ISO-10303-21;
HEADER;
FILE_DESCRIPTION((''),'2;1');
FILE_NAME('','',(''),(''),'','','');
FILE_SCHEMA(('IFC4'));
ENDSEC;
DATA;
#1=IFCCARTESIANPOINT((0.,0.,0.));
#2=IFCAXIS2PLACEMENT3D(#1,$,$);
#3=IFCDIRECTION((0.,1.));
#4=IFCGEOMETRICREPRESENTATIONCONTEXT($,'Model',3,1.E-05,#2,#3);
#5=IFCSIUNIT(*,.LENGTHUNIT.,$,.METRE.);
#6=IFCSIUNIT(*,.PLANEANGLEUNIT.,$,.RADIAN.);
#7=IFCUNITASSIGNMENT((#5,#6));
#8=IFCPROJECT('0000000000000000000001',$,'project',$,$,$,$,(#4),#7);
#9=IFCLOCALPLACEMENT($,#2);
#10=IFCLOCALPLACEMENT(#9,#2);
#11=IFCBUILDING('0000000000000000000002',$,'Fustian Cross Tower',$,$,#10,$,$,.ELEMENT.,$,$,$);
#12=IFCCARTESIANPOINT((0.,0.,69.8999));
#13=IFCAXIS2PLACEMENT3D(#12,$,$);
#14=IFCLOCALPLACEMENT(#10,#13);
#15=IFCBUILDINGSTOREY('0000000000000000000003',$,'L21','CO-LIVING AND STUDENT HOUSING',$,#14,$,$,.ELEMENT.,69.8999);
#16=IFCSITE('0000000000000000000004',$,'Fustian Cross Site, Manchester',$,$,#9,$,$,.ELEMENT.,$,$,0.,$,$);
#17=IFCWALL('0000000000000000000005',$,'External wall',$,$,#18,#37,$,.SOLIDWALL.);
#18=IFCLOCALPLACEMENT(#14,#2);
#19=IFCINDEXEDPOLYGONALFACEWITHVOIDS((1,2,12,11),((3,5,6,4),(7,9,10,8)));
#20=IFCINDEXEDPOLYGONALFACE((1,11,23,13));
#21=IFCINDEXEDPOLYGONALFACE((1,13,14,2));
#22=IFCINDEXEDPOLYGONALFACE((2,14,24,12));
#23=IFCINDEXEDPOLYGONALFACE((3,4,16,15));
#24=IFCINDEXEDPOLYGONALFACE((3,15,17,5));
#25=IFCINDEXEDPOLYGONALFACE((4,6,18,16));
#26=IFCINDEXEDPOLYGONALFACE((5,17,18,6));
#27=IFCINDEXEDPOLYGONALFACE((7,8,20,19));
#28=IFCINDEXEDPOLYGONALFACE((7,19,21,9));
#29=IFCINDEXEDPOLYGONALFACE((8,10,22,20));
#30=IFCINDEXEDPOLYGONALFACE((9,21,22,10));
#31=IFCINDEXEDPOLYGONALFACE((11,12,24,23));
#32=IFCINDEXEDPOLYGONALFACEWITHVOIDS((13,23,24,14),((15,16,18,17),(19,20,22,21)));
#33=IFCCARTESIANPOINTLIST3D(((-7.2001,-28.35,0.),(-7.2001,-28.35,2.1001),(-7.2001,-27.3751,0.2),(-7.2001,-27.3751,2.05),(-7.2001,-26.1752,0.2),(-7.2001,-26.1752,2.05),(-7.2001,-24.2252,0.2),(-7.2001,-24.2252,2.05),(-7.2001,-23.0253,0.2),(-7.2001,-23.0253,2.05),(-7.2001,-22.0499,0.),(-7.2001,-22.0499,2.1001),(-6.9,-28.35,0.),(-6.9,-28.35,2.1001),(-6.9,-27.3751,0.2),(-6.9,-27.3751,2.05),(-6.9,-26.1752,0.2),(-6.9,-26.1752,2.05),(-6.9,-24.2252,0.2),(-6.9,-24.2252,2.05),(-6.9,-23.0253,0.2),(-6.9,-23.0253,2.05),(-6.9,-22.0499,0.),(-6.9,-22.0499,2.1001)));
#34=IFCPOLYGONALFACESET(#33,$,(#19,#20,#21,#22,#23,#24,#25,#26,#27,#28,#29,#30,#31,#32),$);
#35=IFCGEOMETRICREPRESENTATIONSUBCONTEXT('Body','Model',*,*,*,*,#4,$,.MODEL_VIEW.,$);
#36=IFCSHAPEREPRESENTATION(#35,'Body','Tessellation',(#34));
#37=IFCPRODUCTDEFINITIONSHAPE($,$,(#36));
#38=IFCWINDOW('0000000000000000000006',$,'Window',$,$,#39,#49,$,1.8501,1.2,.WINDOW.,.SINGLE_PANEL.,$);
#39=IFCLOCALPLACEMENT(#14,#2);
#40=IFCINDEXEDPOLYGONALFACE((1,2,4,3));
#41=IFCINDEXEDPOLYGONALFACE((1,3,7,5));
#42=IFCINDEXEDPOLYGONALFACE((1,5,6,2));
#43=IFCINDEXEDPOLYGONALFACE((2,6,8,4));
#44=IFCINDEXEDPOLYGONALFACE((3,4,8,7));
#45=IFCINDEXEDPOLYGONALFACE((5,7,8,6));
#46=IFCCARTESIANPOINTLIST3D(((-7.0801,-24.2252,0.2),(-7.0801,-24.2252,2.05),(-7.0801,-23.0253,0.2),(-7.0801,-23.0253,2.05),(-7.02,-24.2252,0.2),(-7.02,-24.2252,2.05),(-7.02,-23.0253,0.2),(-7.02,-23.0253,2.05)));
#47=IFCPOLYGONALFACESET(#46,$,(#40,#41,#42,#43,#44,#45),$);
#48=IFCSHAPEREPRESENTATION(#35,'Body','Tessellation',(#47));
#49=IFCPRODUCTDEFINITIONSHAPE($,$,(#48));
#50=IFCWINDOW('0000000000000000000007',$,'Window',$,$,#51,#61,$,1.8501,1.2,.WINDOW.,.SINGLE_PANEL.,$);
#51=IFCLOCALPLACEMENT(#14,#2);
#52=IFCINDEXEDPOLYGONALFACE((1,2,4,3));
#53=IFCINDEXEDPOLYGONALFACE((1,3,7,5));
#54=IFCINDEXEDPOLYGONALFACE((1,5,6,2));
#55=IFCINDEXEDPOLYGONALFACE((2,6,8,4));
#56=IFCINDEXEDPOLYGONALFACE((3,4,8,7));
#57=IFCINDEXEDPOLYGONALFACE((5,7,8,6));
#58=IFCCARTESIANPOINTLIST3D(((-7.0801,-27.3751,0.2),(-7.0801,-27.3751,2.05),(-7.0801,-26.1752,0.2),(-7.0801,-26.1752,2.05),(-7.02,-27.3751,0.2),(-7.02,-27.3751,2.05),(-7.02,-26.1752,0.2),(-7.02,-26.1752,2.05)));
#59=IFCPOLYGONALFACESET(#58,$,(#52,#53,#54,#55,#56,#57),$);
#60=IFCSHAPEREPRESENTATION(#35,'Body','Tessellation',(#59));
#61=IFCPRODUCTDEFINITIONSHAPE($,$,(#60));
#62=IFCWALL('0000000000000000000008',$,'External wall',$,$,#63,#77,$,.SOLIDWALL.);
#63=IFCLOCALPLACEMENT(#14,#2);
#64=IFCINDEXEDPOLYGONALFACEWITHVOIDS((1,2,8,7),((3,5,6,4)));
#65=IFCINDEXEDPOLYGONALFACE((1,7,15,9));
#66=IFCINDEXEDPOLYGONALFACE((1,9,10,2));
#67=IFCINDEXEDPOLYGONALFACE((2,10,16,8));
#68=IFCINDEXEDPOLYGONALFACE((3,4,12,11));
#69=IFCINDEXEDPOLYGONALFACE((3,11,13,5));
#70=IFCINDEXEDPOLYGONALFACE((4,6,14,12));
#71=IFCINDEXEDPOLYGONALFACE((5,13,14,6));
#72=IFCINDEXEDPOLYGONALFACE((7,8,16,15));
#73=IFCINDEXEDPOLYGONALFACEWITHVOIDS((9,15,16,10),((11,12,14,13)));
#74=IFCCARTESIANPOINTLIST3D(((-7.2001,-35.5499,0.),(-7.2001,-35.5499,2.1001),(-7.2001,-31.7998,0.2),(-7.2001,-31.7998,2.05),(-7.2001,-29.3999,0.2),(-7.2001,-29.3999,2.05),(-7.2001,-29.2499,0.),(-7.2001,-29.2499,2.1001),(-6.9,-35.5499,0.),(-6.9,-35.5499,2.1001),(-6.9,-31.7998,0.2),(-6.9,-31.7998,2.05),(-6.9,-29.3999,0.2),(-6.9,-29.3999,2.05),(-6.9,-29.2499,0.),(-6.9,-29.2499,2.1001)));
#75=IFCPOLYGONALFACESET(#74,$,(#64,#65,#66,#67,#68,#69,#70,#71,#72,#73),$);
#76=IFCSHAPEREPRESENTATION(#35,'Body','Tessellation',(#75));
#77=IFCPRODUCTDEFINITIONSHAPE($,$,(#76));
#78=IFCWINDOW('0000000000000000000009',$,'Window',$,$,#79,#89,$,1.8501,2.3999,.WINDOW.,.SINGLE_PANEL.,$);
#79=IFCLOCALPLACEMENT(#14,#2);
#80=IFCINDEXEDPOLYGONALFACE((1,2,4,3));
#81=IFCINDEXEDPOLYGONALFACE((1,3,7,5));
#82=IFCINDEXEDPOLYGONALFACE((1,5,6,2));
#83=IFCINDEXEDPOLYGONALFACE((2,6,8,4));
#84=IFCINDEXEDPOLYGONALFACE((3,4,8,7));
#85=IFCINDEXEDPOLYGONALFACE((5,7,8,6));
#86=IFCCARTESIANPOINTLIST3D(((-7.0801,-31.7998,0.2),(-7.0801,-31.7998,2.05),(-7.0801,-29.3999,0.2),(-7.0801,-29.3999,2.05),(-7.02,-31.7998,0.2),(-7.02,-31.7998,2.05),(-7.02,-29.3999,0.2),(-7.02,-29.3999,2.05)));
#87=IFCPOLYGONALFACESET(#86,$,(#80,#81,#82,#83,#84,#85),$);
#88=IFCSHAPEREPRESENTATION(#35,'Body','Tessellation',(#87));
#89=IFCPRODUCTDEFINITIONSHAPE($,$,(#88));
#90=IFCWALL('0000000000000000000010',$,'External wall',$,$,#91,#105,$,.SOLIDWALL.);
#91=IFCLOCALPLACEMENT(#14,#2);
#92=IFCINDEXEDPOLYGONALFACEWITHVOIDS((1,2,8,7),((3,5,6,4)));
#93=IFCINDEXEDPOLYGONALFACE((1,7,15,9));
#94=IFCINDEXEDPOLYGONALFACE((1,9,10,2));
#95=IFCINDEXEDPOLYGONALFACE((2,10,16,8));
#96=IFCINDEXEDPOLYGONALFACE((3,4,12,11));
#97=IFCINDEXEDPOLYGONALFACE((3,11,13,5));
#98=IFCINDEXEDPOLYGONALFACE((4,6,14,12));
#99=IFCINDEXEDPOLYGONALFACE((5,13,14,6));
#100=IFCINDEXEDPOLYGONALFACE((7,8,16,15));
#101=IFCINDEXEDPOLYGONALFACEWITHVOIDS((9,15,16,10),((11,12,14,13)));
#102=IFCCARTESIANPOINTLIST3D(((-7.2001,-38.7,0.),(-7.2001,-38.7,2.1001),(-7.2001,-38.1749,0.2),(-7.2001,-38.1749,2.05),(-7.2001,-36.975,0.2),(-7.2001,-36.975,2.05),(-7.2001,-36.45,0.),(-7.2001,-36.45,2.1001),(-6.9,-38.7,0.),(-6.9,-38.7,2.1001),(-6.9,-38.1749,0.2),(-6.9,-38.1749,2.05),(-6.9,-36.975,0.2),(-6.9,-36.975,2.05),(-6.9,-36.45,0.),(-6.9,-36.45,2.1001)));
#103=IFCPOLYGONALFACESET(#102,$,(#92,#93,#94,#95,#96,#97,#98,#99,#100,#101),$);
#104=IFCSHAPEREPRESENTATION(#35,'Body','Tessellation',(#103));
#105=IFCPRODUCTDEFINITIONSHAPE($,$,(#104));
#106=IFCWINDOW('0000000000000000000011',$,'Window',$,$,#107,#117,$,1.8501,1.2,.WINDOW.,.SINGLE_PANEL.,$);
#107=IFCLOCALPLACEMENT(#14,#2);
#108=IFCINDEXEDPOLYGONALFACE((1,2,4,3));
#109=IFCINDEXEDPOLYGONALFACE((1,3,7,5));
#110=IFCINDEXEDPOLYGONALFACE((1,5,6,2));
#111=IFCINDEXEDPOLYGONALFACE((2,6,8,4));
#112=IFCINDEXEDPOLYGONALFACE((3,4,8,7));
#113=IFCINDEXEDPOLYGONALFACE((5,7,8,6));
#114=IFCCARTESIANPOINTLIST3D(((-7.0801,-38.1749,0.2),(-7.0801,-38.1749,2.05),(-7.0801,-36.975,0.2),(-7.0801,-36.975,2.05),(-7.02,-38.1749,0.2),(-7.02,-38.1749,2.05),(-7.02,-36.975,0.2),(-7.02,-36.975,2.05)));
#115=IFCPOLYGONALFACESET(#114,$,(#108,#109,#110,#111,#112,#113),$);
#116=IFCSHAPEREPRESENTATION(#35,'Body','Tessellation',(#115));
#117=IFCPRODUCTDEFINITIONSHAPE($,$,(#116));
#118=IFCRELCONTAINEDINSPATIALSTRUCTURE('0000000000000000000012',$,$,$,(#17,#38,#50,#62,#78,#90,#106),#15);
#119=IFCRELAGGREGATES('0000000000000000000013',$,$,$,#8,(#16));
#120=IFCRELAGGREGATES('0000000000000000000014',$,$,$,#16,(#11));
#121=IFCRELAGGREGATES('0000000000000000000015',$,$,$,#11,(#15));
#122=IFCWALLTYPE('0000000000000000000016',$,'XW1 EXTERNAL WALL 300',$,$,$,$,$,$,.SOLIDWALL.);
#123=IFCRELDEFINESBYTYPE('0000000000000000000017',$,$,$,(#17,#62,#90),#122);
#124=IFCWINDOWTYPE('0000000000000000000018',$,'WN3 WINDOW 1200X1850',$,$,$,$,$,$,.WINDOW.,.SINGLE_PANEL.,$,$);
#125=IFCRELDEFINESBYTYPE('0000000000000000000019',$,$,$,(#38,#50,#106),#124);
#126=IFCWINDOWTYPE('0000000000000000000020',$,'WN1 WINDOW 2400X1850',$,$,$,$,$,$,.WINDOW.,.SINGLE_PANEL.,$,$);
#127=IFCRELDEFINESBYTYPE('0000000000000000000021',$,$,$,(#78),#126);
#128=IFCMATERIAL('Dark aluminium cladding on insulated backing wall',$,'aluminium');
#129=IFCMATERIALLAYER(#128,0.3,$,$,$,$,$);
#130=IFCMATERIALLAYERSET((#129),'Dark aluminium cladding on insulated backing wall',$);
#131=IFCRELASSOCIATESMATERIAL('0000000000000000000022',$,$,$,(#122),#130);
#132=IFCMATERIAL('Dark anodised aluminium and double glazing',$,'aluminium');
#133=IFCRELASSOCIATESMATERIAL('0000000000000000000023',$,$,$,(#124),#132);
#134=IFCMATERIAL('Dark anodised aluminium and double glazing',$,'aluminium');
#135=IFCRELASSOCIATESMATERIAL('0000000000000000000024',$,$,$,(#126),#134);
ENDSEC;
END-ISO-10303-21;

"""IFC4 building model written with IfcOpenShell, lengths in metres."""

from ifc_helpers import new_model, si_unit, direction, frame, frame_2d, origin, place, context, subcontext, project, spatial, rectangle, extrude, material, layer, layer_set, type_object, element, fill, save


model = new_model("IFC4")

# Units and contexts
model_context = context("Model", 3, precision=1e-05, world=origin(), true_north=direction((0.0, 1.0)))
body_context = subcontext(model_context, "Body", "Model", "MODEL_VIEW")
ifc_project = project(units=[si_unit("LENGTHUNIT", "METRE"), si_unit("PLANEANGLEUNIT", "RADIAN")], contexts=[model_context])

# Site, building, storey
site_placement = place(None, origin())
site = spatial("IfcSite", under=ifc_project, at=site_placement, Name="Fustian Cross Site, Manchester", CompositionType="ELEMENT", RefElevation=0.0)
building_placement = place(site_placement, origin())
building = spatial("IfcBuilding", under=site, at=building_placement, Name="Fustian Cross Tower", CompositionType="ELEMENT")
storey_placement = place(building_placement, frame((0.0, 0.0, 69.8999)))
storey = spatial("IfcBuildingStorey", under=building, at=storey_placement, Name="L21", Description="CO-LIVING AND STUDENT HOUSING", CompositionType="ELEMENT", Elevation=69.8999)

# Shared definitions
ifc_material_1 = material(Name="Dark aluminium cladding on insulated backing wall", Category="aluminium")
ifc_layer_1 = layer(ifc_material_1, 0.3)
ifc_layer_set_1 = layer_set([ifc_layer_1], Name="Dark aluminium cladding on insulated backing wall")
wall_type_1 = type_object("IfcWallType", Name="XW1 EXTERNAL WALL 300", PredefinedType="SOLIDWALL", material=ifc_layer_set_1)

# Shared definitions
ifc_material_2 = material(Name="Dark anodised aluminium and double glazing", Category="aluminium")
window_type_1 = type_object("IfcWindowType", Name="WN3 WINDOW 1200X1850", PartitioningType="SINGLE_PANEL", PredefinedType="WINDOW", material=ifc_material_2)

# Wall, openings, windows
wall_1_placement = place(storey_placement, frame((-7.05, -22.05, 0.0), z_axis=(0.0, 0.0, 1.0), x_axis=(0.0, -1.0, 0.0)))
wall_1 = element("IfcWall", 1, at=wall_1_placement, inside=storey, type_object=wall_type_1, Name="External wall", PredefinedType="SOLIDWALL", context=body_context, shape_type="SweptSolid", body=[
    extrude(rectangle(XDim=6.3, YDim=0.3, at=frame_2d((3.1499, 0.0))), origin(), (0.0, 0.0, 1.0), 2.1001),
])
opening_1_placement = place(wall_1_placement, frame((0.9751, 0.0, 0.2)))
opening_1 = element("IfcOpeningElement", 2, at=opening_1_placement, cuts=wall_1, PredefinedType="OPENING", context=body_context, shape_type="SweptSolid", body=[
    extrude(rectangle(XDim=1.2, YDim=1.8501, at=frame_2d((0.6001, 0.925))), frame((0.0, 0.1599, 0.0), z_axis=(0.0, -1.0, 0.0), x_axis=(1.0, 0.0, 0.0)), (0.0, 0.0, 1.0), 0.3201),
])
opening_2_placement = place(wall_1_placement, frame((4.125, 0.0, 0.2)))
opening_2 = element("IfcOpeningElement", 3, at=opening_2_placement, cuts=wall_1, PredefinedType="OPENING", context=body_context, shape_type="SweptSolid", body=[
    extrude(rectangle(XDim=1.2, YDim=1.8501, at=frame_2d((0.6001, 0.925))), frame((0.0, 0.1599, 0.0), z_axis=(0.0, -1.0, 0.0), x_axis=(1.0, 0.0, 0.0)), (0.0, 0.0, 1.0), 0.3201),
])
window_1_placement = place(opening_1_placement, origin())
window_1 = element("IfcWindow", 4, at=window_1_placement, inside=storey, type_object=window_type_1, Name="Window", OverallHeight=1.8501, OverallWidth=1.2, PartitioningType="SINGLE_PANEL", PredefinedType="WINDOW", context=body_context, shape_type="SweptSolid", body=[
    extrude(rectangle(XDim=1.2, YDim=1.8501, at=frame_2d((0.6001, 0.925))), frame((0.0, 0.03, 0.0), z_axis=(0.0, -1.0, 0.0), x_axis=(1.0, 0.0, 0.0)), (0.0, 0.0, 1.0), 0.0601),
])
fill(opening_1, window_1)
window_2_placement = place(opening_2_placement, origin())
window_2 = element("IfcWindow", 5, at=window_2_placement, inside=storey, type_object=window_type_1, Name="Window", OverallHeight=1.8501, OverallWidth=1.2, PartitioningType="SINGLE_PANEL", PredefinedType="WINDOW", context=body_context, shape_type="SweptSolid", body=[
    extrude(rectangle(XDim=1.2, YDim=1.8501, at=frame_2d((0.6001, 0.925))), frame((0.0, 0.03, 0.0), z_axis=(0.0, -1.0, 0.0), x_axis=(1.0, 0.0, 0.0)), (0.0, 0.0, 1.0), 0.0601),
])
fill(opening_2, window_2)

# Walls, openings, windows
wall_2_placement = place(storey_placement, frame((-7.05, -29.25, 0.0), z_axis=(0.0, 0.0, 1.0), x_axis=(0.0, -1.0, 0.0)))
wall_2 = element("IfcWall", 6, at=wall_2_placement, inside=storey, type_object=wall_type_1, Name="External wall", PredefinedType="SOLIDWALL", context=body_context, shape_type="SweptSolid", body=[
    extrude(rectangle(XDim=6.3, YDim=0.3, at=frame_2d((3.1499, 0.0))), origin(), (0.0, 0.0, 1.0), 2.1001),
])
opening_3_placement = place(wall_2_placement, frame((0.1499, 0.0, 0.2)))
opening_3 = element("IfcOpeningElement", 7, at=opening_3_placement, cuts=wall_2, PredefinedType="OPENING", context=body_context, shape_type="SweptSolid", body=[
    extrude(rectangle(XDim=2.3999, YDim=1.8501, at=frame_2d((1.2, 0.925))), frame((0.0, 0.1599, 0.0), z_axis=(0.0, -1.0, 0.0), x_axis=(1.0, 0.0, 0.0)), (0.0, 0.0, 1.0), 0.3201),
])
ifc_material_3 = material(Name="Dark anodised aluminium and double glazing", Category="aluminium")
window_type_2 = type_object("IfcWindowType", Name="WN1 WINDOW 2400X1850", PartitioningType="SINGLE_PANEL", PredefinedType="WINDOW", material=ifc_material_3)
window_3_placement = place(opening_3_placement, origin())
window_3 = element("IfcWindow", 8, at=window_3_placement, inside=storey, type_object=window_type_2, Name="Window", OverallHeight=1.8501, OverallWidth=2.3999, PartitioningType="SINGLE_PANEL", PredefinedType="WINDOW", context=body_context, shape_type="SweptSolid", body=[
    extrude(rectangle(XDim=2.3999, YDim=1.8501, at=frame_2d((1.2, 0.925))), frame((0.0, 0.03, 0.0), z_axis=(0.0, -1.0, 0.0), x_axis=(1.0, 0.0, 0.0)), (0.0, 0.0, 1.0), 0.0601),
])
fill(opening_3, window_3)
wall_3_placement = place(storey_placement, frame((-7.05, -36.45, 0.0), z_axis=(0.0, 0.0, 1.0), x_axis=(0.0, -1.0, 0.0)))
wall_3 = element("IfcWall", 9, at=wall_3_placement, inside=storey, type_object=wall_type_1, Name="External wall", PredefinedType="SOLIDWALL", context=body_context, shape_type="SweptSolid", body=[
    extrude(rectangle(XDim=2.25, YDim=0.3, at=frame_2d((1.125, 0.0))), origin(), (0.0, 0.0, 1.0), 2.1001),
])
opening_4_placement = place(wall_3_placement, frame((0.5249, 0.0, 0.2)))
opening_4 = element("IfcOpeningElement", 10, at=opening_4_placement, cuts=wall_3, PredefinedType="OPENING", context=body_context, shape_type="SweptSolid", body=[
    extrude(rectangle(XDim=1.2, YDim=1.8501, at=frame_2d((0.6001, 0.925))), frame((0.0, 0.1599, 0.0), z_axis=(0.0, -1.0, 0.0), x_axis=(1.0, 0.0, 0.0)), (0.0, 0.0, 1.0), 0.3201),
])
window_4_placement = place(opening_4_placement, origin())
window_4 = element("IfcWindow", 11, at=window_4_placement, inside=storey, type_object=window_type_1, Name="Window", OverallHeight=1.8501, OverallWidth=1.2, PartitioningType="SINGLE_PANEL", PredefinedType="WINDOW", context=body_context, shape_type="SweptSolid", body=[
    extrude(rectangle(XDim=1.2, YDim=1.8501, at=frame_2d((0.6001, 0.925))), frame((0.0, 0.03, 0.0), z_axis=(0.0, -1.0, 0.0), x_axis=(1.0, 0.0, 0.0)), (0.0, 0.0, 1.0), 0.0601),
])
fill(opening_4, window_4)

save(model, "model.ifc")
